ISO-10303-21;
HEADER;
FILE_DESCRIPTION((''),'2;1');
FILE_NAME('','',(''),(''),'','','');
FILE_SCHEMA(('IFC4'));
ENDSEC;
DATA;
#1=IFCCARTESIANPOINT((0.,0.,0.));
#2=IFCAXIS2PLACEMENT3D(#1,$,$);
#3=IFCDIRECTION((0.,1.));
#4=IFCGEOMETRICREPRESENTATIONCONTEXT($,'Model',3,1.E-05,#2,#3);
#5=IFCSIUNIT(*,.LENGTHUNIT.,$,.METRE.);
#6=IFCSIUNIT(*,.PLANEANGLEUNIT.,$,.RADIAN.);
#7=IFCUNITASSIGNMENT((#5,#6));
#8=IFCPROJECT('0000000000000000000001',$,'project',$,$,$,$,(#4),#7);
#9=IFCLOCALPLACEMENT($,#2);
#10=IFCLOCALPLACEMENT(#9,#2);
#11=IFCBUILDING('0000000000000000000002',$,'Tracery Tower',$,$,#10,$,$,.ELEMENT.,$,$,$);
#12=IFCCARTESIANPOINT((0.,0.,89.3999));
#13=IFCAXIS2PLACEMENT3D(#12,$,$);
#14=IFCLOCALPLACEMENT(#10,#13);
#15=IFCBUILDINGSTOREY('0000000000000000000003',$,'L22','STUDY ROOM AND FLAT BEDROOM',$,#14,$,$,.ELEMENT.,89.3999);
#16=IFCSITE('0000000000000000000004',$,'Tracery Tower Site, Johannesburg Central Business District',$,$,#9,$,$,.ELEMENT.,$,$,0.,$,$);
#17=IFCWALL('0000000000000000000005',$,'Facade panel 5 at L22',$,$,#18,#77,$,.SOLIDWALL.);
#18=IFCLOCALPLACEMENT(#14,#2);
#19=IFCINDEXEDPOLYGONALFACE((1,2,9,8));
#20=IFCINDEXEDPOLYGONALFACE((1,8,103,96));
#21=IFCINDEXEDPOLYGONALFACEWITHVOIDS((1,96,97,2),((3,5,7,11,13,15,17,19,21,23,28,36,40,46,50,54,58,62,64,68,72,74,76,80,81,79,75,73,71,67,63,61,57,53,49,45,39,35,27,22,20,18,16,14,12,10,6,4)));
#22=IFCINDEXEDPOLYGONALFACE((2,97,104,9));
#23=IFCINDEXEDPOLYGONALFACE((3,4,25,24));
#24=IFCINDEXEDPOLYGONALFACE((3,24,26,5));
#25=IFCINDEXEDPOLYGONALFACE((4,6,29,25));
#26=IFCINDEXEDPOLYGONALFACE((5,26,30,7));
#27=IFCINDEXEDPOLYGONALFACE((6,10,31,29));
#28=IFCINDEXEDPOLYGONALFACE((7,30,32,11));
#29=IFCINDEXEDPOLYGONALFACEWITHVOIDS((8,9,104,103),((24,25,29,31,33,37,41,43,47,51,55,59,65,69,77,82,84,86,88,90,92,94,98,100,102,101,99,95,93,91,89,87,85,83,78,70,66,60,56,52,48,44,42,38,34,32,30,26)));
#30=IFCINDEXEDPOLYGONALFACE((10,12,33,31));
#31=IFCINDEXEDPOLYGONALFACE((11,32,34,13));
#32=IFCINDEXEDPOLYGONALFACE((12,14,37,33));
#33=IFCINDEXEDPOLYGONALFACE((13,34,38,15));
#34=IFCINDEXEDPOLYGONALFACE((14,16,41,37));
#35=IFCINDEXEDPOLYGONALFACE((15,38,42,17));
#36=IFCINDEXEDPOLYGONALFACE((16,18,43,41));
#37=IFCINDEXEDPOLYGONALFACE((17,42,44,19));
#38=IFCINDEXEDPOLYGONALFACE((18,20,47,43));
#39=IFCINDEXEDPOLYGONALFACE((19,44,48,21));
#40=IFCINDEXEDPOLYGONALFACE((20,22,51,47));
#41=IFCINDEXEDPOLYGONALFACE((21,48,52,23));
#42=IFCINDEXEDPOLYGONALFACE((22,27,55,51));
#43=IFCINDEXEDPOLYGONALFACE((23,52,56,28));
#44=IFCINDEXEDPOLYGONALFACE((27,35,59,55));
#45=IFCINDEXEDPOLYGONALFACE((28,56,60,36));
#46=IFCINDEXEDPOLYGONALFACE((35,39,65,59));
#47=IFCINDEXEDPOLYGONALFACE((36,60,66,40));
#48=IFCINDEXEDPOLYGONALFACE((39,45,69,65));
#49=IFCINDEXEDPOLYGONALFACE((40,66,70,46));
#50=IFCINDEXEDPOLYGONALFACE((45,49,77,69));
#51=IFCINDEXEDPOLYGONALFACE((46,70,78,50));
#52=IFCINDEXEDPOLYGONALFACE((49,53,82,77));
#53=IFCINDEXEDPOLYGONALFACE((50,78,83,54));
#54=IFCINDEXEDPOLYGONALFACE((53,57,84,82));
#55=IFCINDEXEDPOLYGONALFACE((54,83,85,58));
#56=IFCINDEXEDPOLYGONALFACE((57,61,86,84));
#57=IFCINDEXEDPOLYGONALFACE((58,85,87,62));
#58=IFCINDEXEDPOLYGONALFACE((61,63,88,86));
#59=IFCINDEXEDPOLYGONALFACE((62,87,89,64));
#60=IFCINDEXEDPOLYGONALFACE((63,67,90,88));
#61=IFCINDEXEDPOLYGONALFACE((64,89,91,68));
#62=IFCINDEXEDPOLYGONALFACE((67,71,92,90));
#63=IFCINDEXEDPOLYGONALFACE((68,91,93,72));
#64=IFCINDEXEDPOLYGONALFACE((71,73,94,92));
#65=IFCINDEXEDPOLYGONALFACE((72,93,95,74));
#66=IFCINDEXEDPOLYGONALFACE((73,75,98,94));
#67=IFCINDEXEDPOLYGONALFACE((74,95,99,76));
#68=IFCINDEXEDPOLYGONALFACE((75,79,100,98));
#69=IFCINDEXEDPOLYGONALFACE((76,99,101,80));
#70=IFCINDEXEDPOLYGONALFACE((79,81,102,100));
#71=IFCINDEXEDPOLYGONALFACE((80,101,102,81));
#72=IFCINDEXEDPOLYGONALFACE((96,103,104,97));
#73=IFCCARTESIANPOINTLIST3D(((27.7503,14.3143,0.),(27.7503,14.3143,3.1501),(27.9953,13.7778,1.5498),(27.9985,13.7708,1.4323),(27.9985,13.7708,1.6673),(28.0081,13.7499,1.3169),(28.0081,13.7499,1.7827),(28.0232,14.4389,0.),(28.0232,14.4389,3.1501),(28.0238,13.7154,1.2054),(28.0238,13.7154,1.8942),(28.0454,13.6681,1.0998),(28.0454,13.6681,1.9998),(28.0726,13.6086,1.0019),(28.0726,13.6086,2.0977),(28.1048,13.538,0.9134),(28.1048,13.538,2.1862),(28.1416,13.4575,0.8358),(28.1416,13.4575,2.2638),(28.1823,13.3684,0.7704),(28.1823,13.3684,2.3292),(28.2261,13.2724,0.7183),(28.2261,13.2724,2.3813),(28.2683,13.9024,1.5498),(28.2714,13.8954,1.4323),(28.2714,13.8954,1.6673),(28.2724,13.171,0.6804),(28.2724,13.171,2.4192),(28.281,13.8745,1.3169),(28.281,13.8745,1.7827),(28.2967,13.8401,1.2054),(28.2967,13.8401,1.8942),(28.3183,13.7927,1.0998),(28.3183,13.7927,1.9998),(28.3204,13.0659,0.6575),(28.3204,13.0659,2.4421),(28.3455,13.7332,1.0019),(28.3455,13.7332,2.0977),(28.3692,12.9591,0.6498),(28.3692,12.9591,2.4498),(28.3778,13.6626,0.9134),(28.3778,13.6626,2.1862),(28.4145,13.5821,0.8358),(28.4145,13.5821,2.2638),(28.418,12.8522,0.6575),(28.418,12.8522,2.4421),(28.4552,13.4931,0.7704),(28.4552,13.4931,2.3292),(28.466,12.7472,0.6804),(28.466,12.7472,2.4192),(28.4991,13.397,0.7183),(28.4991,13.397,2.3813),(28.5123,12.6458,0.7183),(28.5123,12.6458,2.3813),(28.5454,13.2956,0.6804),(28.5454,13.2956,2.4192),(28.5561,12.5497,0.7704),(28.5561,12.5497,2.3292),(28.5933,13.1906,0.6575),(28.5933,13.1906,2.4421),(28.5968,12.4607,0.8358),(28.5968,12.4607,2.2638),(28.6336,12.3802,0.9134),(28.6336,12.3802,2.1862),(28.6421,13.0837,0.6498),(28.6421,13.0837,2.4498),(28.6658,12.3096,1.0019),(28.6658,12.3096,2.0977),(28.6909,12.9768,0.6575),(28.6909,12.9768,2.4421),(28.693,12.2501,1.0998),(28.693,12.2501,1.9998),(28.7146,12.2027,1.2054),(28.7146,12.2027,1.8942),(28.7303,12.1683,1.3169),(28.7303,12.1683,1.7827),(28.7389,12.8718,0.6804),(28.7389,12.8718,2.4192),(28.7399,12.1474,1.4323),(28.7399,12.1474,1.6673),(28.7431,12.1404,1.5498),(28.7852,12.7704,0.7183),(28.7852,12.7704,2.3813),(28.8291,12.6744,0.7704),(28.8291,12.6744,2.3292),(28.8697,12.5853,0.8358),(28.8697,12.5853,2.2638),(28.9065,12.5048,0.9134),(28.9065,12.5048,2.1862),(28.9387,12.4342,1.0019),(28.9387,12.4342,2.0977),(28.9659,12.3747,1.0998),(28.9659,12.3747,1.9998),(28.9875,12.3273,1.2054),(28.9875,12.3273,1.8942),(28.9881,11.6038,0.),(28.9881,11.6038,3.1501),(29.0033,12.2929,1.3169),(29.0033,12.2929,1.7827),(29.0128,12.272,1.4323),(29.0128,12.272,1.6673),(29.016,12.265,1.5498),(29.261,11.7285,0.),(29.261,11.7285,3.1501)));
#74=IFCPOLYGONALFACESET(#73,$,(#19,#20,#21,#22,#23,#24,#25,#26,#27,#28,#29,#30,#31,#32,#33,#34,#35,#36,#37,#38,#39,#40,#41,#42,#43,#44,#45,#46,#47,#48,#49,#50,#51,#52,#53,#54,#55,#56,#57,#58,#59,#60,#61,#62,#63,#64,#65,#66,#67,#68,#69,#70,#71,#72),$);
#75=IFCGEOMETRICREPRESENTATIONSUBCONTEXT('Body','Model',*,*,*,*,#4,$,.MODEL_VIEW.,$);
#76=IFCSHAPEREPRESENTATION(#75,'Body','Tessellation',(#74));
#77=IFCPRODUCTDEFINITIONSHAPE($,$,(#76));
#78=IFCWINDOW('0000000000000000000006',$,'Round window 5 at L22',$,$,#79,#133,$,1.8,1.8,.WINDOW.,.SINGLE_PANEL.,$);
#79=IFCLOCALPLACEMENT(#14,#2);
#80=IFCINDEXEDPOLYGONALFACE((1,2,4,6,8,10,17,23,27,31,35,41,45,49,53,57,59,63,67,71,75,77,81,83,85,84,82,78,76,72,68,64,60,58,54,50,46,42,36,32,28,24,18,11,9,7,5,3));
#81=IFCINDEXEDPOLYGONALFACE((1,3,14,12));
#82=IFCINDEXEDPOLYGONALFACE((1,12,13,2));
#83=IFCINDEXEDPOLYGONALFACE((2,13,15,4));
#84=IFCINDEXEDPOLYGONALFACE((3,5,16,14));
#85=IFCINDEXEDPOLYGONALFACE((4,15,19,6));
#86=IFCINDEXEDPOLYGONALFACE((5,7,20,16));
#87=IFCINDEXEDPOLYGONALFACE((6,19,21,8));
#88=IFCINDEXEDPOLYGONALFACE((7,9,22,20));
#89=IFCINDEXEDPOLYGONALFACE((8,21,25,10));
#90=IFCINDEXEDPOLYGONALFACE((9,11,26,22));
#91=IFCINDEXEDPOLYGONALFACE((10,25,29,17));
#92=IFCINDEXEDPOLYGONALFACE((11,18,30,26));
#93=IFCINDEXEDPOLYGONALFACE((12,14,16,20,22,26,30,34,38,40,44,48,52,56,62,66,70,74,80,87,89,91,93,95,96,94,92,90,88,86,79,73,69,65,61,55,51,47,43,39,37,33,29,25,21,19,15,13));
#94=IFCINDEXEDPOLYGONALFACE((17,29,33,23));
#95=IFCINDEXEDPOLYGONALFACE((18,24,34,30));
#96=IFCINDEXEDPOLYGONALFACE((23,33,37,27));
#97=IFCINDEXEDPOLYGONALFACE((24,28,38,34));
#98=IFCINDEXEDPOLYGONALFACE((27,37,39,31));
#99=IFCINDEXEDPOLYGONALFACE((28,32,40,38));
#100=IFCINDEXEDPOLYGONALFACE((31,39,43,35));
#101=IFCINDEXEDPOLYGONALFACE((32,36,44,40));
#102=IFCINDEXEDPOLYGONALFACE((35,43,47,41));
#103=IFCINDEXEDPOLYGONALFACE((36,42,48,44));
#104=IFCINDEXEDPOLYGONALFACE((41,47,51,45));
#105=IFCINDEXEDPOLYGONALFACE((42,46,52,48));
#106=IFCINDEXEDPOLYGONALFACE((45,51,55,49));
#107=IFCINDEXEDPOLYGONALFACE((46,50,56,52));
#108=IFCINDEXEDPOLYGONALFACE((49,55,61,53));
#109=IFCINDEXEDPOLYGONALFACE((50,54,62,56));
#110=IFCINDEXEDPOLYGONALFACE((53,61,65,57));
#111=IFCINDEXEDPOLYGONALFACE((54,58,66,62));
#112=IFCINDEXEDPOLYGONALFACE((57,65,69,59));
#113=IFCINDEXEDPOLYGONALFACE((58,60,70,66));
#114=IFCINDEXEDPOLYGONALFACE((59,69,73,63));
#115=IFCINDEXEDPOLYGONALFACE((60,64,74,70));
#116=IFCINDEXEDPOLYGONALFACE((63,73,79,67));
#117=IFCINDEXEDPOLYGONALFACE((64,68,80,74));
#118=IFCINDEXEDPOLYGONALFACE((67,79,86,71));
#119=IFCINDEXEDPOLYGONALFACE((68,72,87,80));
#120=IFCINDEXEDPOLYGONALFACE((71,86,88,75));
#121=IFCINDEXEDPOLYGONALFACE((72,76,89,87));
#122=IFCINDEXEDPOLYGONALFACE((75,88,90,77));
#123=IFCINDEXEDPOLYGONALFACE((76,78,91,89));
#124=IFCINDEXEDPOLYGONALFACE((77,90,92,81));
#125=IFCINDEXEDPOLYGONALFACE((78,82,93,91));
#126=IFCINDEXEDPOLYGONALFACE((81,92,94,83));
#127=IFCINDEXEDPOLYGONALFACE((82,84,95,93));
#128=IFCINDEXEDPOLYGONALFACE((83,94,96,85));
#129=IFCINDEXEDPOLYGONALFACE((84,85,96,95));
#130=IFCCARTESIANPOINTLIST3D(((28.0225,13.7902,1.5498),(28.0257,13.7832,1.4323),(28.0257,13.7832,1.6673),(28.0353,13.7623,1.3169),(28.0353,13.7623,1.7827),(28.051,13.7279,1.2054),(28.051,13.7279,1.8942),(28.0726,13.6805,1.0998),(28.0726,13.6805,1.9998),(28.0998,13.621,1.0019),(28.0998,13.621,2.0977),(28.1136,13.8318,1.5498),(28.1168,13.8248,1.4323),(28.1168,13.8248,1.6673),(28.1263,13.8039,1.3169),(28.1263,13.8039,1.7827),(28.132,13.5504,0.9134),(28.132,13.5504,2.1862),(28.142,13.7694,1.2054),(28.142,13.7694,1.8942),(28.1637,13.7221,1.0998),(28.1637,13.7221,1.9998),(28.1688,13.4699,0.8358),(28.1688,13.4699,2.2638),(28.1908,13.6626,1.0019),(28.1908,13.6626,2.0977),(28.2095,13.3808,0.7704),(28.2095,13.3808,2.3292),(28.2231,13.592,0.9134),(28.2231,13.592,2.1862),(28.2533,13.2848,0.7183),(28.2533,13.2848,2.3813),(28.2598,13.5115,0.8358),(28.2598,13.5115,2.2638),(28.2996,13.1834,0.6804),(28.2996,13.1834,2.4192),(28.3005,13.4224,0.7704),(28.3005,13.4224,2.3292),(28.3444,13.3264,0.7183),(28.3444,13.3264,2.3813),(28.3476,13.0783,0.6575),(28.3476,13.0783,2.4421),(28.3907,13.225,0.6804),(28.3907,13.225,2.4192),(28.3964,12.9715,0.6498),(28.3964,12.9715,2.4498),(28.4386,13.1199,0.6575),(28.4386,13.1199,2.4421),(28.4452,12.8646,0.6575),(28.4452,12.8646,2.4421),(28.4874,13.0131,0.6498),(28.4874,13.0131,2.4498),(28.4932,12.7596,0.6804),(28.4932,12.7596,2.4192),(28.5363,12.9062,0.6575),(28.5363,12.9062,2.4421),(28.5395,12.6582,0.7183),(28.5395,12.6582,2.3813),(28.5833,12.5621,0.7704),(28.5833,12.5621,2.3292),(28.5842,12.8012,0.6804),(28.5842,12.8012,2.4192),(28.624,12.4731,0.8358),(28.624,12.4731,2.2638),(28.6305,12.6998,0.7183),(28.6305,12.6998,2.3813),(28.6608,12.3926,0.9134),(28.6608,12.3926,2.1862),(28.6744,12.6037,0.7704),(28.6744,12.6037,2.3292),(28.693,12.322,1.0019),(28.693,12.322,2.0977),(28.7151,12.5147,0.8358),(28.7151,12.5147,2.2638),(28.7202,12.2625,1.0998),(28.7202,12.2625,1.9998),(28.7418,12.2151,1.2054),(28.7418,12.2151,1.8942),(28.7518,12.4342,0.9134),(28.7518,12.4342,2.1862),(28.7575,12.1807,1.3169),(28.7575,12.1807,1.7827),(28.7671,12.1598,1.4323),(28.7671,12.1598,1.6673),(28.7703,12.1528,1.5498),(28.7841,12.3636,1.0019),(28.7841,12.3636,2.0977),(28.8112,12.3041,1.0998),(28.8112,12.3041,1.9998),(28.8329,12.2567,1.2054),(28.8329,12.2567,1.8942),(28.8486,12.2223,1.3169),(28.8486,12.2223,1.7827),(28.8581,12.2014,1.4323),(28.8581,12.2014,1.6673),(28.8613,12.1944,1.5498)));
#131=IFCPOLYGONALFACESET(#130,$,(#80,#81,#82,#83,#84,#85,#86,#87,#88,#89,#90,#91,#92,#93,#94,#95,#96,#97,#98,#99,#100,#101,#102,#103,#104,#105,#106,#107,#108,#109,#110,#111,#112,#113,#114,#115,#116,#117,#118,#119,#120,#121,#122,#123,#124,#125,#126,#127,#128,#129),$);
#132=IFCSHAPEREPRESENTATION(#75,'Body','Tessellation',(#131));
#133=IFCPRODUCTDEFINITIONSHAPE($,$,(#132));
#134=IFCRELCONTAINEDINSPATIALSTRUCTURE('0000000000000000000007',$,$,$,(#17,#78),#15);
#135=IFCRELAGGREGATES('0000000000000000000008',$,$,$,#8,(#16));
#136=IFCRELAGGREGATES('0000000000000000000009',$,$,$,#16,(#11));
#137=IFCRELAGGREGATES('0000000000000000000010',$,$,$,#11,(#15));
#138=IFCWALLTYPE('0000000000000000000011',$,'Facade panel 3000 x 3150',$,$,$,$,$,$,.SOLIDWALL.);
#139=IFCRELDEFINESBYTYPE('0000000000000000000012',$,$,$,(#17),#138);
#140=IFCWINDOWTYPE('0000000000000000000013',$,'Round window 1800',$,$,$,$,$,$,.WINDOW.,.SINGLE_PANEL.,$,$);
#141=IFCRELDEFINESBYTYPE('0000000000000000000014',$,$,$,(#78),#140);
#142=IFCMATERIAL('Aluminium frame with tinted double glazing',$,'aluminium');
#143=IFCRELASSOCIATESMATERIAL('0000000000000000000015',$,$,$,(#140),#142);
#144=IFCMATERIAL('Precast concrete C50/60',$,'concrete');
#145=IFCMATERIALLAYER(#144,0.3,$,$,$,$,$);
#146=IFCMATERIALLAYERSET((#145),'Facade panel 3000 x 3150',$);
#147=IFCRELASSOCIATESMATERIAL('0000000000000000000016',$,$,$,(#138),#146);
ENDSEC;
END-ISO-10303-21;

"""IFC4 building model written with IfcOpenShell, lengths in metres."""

from ifc_helpers import new_model, si_unit, direction, frame, frame_2d, origin, origin_2d, place, context, subcontext, project, spatial, rectangle, circle, extrude, material, layer, layer_set, type_object, element, fill, save


model = new_model("IFC4")

# Units and contexts
model_context = context("Model", 3, precision=1e-05, world=origin(), true_north=direction((0.0, 1.0)))
body_context = subcontext(model_context, "Body", "Model", "MODEL_VIEW")
ifc_project = project(units=[si_unit("LENGTHUNIT", "METRE"), si_unit("PLANEANGLEUNIT", "RADIAN")], contexts=[model_context])

# Site, building, storey
site_placement = place(None, origin())
site = spatial("IfcSite", under=ifc_project, at=site_placement, Name="Tracery Tower Site, Johannesburg Central Business District", CompositionType="ELEMENT", RefElevation=0.0)
building_placement = place(site_placement, origin())
building = spatial("IfcBuilding", under=site, at=building_placement, Name="Tracery Tower", CompositionType="ELEMENT")
storey_placement = place(building_placement, frame((0.0, 0.0, 89.3999)))
storey = spatial("IfcBuildingStorey", under=building, at=storey_placement, Name="L22", Description="STUDY ROOM AND FLAT BEDROOM", CompositionType="ELEMENT", Elevation=89.3999)

# Wall, opening, window
ifc_material_1 = material(Name="Aluminium frame with tinted double glazing", Category="aluminium")
window_type = type_object("IfcWindowType", Name="Round window 1800", PartitioningType="SINGLE_PANEL", PredefinedType="WINDOW", material=ifc_material_1)
ifc_material_2 = material(Name="Precast concrete C50/60", Category="concrete")
ifc_layer_1 = layer(ifc_material_2, 0.3)
ifc_layer_set_1 = layer_set([ifc_layer_1], Name="Facade panel 3000 x 3150")
wall_type_1 = type_object("IfcWallType", Name="Facade panel 3000 x 3150", PredefinedType="SOLIDWALL", material=ifc_layer_set_1)
wall_1_placement = place(storey_placement, frame((29.1245, 11.6663, 0.0), z_axis=(0.0, 0.0, 1.0), x_axis=(-0.415407, 0.909636, 0.0)))
wall_1 = element("IfcWall", 1, at=wall_1_placement, inside=storey, type_object=wall_type_1, Name="Facade panel 5 at L22", PredefinedType="SOLIDWALL", context=body_context, shape_type="SweptSolid", body=[
    extrude(rectangle(XDim=2.9797, YDim=0.3, at=frame_2d((1.4897, 0.0))), origin(), (0.0, 0.0, 1.0), 3.1501),
])
opening_1_placement = place(wall_1_placement, frame((1.4897, 0.0, 1.5498)))
opening_1 = element("IfcOpeningElement", 2, at=opening_1_placement, cuts=wall_1, PredefinedType="OPENING", context=body_context, shape_type="SweptSolid", body=[
    extrude(circle(Radius=0.9, at=origin_2d()), frame((0.0, 0.1599, 0.0), z_axis=(0.0, -1.0, 0.0), x_axis=(1.0, 0.0, 0.0)), (0.0, 0.0, 1.0), 0.3201),
])
window_1_placement = place(opening_1_placement, origin())
window_1 = element("IfcWindow", 3, at=window_1_placement, inside=storey, type_object=window_type, Name="Round window 5 at L22", OverallHeight=1.8, OverallWidth=1.8, PartitioningType="SINGLE_PANEL", PredefinedType="WINDOW", context=body_context, shape_type="SweptSolid", body=[
    extrude(circle(Radius=0.9, at=origin_2d()), frame((0.0, 0.1201, 0.0), z_axis=(0.0, -1.0, 0.0), x_axis=(1.0, 0.0, 0.0)), (0.0, 0.0, 1.0), 0.1001),
])
fill(opening_1, window_1)

save(model, "model.ifc")
